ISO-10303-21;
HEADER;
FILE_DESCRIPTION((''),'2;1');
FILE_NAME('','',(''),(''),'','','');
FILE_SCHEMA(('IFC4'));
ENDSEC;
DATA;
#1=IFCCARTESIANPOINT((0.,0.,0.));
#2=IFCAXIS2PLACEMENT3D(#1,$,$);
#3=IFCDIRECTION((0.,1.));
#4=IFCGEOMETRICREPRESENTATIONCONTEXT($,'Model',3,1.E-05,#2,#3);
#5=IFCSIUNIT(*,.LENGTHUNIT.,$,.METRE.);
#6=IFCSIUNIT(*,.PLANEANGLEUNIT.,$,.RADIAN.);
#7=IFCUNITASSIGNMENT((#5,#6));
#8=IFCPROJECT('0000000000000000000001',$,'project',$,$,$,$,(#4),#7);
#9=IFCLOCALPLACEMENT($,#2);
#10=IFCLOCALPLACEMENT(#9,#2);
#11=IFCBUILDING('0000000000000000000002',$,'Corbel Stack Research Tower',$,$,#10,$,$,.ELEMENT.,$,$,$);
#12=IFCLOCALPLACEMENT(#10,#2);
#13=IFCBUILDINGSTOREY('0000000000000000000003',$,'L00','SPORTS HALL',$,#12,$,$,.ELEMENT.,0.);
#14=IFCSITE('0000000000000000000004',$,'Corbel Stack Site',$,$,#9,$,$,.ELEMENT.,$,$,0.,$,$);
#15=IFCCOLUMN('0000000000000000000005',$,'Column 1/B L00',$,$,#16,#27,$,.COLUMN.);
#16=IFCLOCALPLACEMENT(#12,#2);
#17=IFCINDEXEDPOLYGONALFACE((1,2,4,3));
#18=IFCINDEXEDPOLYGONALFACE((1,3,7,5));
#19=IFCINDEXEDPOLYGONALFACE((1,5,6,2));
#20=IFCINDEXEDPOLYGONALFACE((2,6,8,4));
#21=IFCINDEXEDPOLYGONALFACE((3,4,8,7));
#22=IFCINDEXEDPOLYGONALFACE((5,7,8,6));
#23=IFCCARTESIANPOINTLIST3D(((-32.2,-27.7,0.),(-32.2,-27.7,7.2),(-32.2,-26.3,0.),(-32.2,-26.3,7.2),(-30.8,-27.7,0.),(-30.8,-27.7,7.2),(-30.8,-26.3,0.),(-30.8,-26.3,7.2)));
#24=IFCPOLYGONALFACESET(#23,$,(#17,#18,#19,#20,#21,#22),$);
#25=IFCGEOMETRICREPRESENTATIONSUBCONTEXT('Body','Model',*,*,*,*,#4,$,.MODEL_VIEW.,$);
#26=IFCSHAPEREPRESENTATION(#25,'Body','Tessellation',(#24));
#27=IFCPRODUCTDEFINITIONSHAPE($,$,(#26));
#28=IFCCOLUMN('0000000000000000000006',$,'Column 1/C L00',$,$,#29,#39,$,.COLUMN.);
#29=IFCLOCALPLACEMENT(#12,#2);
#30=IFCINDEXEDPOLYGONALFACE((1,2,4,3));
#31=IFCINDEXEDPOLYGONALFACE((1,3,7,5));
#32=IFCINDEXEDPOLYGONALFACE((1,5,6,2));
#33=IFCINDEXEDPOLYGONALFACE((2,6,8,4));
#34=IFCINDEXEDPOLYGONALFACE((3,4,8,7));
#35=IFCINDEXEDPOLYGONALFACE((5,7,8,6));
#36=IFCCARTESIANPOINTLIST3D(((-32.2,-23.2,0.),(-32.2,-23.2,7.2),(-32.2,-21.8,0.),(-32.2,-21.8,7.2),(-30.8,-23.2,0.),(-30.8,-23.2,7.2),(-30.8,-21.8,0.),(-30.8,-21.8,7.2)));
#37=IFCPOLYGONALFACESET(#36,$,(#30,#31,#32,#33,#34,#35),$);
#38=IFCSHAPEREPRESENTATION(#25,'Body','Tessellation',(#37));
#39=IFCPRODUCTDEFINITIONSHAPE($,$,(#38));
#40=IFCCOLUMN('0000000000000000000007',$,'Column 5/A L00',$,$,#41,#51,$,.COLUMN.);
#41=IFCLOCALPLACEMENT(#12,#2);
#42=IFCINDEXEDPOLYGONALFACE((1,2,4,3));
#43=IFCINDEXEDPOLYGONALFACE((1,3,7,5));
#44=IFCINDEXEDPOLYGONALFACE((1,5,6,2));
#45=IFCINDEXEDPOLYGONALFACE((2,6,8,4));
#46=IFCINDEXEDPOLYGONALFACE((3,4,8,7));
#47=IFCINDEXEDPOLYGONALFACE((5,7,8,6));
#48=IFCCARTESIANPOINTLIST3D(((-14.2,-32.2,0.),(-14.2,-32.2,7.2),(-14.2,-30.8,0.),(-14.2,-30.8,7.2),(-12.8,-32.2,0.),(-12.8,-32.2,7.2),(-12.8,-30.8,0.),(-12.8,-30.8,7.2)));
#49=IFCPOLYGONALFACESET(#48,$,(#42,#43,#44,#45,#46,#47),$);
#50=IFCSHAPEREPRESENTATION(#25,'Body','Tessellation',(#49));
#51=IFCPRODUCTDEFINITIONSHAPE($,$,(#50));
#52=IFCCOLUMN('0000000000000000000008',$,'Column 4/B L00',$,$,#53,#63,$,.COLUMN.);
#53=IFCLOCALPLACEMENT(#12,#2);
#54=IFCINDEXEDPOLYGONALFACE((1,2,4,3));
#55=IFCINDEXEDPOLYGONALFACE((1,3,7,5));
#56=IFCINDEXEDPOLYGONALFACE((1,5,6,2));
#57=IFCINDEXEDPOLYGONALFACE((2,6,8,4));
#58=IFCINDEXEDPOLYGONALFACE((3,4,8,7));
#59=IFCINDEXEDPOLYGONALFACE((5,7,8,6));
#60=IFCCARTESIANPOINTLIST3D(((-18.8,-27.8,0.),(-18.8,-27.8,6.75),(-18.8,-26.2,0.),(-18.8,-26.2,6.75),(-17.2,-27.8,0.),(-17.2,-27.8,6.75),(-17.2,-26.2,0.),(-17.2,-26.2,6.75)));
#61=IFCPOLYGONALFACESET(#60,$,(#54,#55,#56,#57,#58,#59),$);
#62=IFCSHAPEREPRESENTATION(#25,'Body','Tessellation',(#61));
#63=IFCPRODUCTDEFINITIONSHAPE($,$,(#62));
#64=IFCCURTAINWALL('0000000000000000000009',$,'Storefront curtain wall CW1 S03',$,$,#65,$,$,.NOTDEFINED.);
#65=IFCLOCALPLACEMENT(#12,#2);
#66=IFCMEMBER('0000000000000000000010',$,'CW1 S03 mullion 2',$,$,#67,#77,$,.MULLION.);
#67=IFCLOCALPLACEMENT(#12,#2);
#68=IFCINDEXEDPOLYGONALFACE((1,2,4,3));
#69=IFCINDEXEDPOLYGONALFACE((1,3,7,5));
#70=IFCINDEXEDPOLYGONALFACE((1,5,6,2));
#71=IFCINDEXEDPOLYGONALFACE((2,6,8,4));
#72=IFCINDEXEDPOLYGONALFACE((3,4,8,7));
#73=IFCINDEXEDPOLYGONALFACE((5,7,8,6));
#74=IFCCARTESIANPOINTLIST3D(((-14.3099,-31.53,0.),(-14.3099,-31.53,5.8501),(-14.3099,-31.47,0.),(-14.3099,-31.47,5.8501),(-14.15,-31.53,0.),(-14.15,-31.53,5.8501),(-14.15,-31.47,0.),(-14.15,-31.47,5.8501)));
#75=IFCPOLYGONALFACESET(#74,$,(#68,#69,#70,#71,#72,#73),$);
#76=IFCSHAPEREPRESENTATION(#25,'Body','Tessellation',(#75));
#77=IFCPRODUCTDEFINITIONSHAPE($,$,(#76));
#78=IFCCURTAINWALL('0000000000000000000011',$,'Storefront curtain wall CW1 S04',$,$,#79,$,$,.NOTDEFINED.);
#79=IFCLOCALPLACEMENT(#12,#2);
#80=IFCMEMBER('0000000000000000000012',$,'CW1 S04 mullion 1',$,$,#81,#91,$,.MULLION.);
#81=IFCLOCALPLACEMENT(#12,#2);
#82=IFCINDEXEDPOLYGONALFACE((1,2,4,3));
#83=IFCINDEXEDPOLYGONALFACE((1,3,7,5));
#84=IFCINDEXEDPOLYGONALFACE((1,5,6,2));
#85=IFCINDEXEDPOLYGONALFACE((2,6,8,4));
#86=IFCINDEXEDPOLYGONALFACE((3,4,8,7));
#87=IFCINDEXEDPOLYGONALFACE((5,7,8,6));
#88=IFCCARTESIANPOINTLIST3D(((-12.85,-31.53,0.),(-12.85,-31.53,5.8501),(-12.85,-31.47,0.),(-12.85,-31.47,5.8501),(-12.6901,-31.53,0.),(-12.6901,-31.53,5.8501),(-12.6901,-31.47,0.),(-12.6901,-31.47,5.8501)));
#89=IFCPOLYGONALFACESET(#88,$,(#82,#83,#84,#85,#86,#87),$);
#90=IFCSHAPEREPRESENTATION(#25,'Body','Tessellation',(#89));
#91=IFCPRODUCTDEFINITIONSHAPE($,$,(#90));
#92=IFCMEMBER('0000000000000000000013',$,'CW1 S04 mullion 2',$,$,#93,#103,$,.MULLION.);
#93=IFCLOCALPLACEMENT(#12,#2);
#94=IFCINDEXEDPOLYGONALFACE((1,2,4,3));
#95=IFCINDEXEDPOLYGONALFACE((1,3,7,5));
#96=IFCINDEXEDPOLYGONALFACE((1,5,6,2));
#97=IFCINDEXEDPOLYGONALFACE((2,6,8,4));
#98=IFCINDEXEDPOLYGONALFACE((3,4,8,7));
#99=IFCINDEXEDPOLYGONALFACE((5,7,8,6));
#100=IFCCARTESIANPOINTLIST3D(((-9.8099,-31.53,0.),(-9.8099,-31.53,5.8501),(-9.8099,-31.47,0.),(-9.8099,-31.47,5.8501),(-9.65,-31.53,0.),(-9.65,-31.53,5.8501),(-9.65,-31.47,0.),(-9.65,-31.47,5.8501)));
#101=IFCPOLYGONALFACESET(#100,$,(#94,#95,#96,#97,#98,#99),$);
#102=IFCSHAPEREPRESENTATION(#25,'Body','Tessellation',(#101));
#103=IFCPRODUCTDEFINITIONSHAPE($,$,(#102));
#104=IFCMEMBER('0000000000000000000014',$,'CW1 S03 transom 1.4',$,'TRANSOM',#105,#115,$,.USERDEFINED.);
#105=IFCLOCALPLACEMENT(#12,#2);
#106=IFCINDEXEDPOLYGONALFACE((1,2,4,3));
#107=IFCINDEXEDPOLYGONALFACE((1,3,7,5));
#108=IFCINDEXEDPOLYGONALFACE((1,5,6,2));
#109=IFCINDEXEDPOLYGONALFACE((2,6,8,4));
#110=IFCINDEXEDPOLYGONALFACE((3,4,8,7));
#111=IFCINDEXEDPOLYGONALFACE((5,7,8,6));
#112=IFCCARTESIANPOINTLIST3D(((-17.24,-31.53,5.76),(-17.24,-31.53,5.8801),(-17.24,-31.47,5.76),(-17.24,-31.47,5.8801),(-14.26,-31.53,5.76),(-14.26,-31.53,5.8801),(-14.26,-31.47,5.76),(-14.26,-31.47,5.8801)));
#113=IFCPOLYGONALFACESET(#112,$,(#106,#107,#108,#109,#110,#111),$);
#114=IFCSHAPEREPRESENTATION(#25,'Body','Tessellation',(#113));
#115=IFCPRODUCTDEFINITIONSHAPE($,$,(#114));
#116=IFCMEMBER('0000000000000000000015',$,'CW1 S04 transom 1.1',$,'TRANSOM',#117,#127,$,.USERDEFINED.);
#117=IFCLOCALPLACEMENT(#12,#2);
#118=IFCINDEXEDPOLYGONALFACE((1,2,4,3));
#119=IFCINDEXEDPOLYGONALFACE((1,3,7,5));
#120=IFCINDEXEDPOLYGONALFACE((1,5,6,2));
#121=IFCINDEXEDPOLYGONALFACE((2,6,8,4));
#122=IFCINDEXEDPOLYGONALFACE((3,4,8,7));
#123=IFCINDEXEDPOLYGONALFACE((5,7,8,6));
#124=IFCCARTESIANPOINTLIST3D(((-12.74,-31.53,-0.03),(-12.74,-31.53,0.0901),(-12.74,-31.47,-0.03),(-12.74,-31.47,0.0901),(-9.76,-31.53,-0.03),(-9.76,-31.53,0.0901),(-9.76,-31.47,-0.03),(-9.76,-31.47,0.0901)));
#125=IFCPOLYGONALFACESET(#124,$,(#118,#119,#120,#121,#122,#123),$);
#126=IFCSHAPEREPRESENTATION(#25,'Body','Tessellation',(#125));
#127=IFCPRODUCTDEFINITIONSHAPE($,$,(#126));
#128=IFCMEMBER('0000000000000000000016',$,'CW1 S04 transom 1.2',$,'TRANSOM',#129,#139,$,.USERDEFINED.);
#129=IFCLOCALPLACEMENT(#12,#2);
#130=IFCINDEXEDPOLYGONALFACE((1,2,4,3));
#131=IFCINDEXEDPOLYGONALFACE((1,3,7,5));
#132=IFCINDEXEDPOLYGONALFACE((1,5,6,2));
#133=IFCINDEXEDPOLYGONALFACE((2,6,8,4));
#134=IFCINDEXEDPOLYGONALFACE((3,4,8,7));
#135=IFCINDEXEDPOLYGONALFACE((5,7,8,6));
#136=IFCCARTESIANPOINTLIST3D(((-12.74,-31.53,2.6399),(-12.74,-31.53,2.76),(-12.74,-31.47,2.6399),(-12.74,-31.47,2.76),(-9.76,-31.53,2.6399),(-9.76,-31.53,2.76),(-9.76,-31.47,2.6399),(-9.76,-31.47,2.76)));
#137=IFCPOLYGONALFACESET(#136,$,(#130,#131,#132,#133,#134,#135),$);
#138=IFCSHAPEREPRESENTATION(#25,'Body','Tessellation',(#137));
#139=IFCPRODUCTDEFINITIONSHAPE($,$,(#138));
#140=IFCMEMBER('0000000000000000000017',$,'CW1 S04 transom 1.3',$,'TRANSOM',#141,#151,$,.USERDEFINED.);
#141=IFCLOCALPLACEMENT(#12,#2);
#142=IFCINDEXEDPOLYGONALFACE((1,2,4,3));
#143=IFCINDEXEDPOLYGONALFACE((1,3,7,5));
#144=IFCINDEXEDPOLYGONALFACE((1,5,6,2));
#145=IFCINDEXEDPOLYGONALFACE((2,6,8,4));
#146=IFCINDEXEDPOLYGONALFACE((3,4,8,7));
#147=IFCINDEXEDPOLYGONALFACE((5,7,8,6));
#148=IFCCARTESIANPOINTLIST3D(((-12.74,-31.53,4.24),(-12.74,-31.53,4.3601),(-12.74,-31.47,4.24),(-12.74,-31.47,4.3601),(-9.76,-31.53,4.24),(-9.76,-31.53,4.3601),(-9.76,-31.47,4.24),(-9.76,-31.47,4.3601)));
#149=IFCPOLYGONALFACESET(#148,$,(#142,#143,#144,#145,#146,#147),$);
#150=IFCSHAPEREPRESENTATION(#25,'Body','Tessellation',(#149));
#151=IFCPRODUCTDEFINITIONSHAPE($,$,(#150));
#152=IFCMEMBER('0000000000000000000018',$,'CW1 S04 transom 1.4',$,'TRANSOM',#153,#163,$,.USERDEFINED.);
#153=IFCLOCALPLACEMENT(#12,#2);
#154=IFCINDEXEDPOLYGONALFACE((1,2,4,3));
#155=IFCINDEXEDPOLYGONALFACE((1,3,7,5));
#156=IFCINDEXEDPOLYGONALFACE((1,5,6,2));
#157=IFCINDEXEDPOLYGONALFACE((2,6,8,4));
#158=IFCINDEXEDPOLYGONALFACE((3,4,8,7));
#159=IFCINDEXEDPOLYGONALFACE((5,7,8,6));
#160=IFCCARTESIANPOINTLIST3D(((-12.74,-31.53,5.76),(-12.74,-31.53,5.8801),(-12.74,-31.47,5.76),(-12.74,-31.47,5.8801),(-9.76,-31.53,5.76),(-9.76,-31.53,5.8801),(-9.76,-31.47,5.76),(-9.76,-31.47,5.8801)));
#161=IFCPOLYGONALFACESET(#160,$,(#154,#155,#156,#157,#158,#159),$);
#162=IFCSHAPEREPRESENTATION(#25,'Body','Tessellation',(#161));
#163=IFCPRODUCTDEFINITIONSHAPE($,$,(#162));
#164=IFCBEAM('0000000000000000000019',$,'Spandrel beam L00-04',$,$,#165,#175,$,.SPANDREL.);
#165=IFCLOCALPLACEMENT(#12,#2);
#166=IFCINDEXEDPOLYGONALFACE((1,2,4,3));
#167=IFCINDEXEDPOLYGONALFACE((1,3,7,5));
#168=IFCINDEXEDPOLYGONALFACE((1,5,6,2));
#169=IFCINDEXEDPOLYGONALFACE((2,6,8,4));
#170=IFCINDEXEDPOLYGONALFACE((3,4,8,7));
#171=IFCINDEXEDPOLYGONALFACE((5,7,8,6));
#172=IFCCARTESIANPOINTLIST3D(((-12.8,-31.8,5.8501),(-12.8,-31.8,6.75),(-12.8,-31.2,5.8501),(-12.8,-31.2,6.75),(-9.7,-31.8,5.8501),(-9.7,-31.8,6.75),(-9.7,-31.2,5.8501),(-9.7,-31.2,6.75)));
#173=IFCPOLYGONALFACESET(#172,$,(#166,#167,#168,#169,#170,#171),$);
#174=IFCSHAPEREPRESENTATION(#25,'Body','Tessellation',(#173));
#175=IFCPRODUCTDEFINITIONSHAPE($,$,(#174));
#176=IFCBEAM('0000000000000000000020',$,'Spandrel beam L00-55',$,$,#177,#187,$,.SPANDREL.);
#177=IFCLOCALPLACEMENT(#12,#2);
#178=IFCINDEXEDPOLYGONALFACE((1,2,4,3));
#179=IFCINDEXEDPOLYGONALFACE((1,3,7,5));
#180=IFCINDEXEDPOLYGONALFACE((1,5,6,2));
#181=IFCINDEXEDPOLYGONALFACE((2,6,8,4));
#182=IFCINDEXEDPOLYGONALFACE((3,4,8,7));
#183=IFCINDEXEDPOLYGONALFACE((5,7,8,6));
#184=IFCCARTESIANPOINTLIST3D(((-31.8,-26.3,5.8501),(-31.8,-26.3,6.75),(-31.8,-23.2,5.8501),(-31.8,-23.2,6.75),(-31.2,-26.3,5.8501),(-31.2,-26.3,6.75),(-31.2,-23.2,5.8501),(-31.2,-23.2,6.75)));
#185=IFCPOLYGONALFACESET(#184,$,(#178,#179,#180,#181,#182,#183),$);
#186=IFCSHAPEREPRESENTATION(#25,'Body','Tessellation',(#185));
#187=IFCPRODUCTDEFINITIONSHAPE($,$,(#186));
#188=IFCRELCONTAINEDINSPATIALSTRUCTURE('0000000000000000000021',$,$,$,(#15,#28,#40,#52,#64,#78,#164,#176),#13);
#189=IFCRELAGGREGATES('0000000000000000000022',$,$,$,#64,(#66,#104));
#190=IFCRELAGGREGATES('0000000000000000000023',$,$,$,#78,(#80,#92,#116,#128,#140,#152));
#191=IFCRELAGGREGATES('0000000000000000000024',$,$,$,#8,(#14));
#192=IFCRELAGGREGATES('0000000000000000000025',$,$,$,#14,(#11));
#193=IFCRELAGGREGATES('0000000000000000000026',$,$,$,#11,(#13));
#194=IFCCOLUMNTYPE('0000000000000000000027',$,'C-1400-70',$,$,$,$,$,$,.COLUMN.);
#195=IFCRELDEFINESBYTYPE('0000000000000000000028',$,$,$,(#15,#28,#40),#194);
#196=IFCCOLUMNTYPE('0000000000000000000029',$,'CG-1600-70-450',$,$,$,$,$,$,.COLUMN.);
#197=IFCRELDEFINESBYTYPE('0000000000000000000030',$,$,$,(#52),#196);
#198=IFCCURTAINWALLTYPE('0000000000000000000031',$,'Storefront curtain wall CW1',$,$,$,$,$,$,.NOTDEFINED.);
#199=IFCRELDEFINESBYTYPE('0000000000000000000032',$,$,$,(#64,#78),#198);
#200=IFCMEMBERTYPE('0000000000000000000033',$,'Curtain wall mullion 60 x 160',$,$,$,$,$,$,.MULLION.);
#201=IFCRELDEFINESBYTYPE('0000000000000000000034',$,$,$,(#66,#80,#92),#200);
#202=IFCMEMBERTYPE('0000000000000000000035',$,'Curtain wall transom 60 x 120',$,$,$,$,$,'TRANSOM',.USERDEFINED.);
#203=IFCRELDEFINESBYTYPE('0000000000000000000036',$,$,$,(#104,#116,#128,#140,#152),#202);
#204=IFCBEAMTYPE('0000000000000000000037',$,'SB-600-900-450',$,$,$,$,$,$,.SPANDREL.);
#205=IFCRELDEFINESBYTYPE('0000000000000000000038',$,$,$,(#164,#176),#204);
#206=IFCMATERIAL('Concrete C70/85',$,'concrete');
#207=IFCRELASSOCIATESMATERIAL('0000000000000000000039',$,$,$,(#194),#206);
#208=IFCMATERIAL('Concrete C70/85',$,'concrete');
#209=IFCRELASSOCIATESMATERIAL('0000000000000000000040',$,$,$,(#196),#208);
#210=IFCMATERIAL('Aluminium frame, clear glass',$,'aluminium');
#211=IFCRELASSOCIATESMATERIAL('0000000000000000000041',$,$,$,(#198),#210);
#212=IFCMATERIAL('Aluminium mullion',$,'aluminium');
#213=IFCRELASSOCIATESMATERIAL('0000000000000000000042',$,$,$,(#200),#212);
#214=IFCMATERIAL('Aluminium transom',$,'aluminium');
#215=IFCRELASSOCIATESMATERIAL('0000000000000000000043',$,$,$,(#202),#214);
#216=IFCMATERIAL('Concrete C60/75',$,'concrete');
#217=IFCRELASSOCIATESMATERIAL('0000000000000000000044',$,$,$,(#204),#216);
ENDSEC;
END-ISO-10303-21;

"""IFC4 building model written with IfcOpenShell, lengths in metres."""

from ifc_helpers import new_model, si_unit, direction, frame, origin, origin_2d, place, context, subcontext, project, spatial, rectangle, extrude, material, material_profile, profile_set, type_object, element, aggregate, save


model = new_model("IFC4")

# Units and contexts
model_context = context("Model", 3, precision=1e-05, world=origin(), true_north=direction((0.0, 1.0)))
body_context = subcontext(model_context, "Body", "Model", "MODEL_VIEW")
ifc_project = project(units=[si_unit("LENGTHUNIT", "METRE"), si_unit("PLANEANGLEUNIT", "RADIAN")], contexts=[model_context])

# Site, building, storey
site_placement = place(None, origin())
site = spatial("IfcSite", under=ifc_project, at=site_placement, Name="Corbel Stack Site", CompositionType="ELEMENT", RefElevation=0.0)
building_placement = place(site_placement, origin())
building = spatial("IfcBuilding", under=site, at=building_placement, Name="Corbel Stack Research Tower", CompositionType="ELEMENT")
storey_placement = place(building_placement, origin())
storey = spatial("IfcBuildingStorey", under=building, at=storey_placement, Name="L00", Description="SPORTS HALL", CompositionType="ELEMENT", Elevation=0.0)

# Columns
ifc_material_1 = material(Name="Concrete C70/85", Category="concrete")
ifc_material_profile_1 = material_profile(ifc_material_1, rectangle(XDim=1.3999, YDim=1.3999, at=origin_2d()), Name="RC 1400 x 1400")
ifc_profile_set_1 = profile_set([ifc_material_profile_1], Name="Concrete C70/85")
column_type_1 = type_object("IfcColumnType", Name="C-1400-70", PredefinedType="COLUMN", material=ifc_profile_set_1)
for number, where, z_axis, x_axis, name in (
    (1, (-31.5, -27.0, 0.0), (0.0, 0.0, 1.0), (1.0, 0.0, 0.0), "Column 1/B L00"),
    (2, (-31.5, -22.5, 0.0), (0.0, 0.0, 1.0), (1.0, 0.0, 0.0), "Column 1/C L00"),
    (3, (-13.5, -31.5, 0.0), (0.0, 0.0, 1.0), (1.0, 0.0, 0.0), "Column 5/A L00"),
):
    element("IfcColumn", number, at=place(storey_placement, frame(where, z_axis=z_axis, x_axis=x_axis)), inside=storey, type_object=column_type_1, Name=name, PredefinedType="COLUMN", context=body_context, shape_type="SweptSolid", body=[
        extrude(rectangle(XDim=1.3999, YDim=1.3999, at=origin_2d()), origin(), (0.0, 0.0, 1.0), 7.2),
    ])
ifc_material_2 = material(Name="Concrete C70/85", Category="concrete")
ifc_material_profile_2 = material_profile(ifc_material_2, rectangle(XDim=1.6001, YDim=1.6001, at=origin_2d()), Name="RC 1600 x 1600")
ifc_profile_set_2 = profile_set([ifc_material_profile_2], Name="Concrete C70/85")
column_type_2 = type_object("IfcColumnType", Name="CG-1600-70-450", PredefinedType="COLUMN", material=ifc_profile_set_2)
column_placement = place(storey_placement, frame((-18.0, -27.0, 0.0), z_axis=(0.0, 0.0, 1.0), x_axis=(1.0, 0.0, 0.0)))
element("IfcColumn", 4, at=column_placement, inside=storey, type_object=column_type_2, Name="Column 4/B L00", PredefinedType="COLUMN", context=body_context, shape_type="SweptSolid", body=[
    extrude(rectangle(XDim=1.6001, YDim=1.6001, at=origin_2d()), origin(), (0.0, 0.0, 1.0), 6.75),
])

# Curtain wall, member
ifc_material_3 = material(Name="Aluminium frame, clear glass", Category="aluminium")
curtain_wall_type = type_object("IfcCurtainWallType", Name="Storefront curtain wall CW1", PredefinedType="NOTDEFINED", material=ifc_material_3)
curtain_wall_1_placement = place(storey_placement, origin())
curtain_wall_1 = element("IfcCurtainWall", 5, at=curtain_wall_1_placement, inside=storey, type_object=curtain_wall_type, Name="Storefront curtain wall CW1 S03", PredefinedType="NOTDEFINED")
ifc_material_4 = material(Name="Aluminium mullion", Category="aluminium")
ifc_material_profile_3 = material_profile(ifc_material_4, rectangle(XDim=0.0601, YDim=0.1599, at=origin_2d()), Name="Mullion 60 x 160")
ifc_profile_set_3 = profile_set([ifc_material_profile_3], Name="Aluminium mullion")
member_type_1 = type_object("IfcMemberType", Name="Curtain wall mullion 60 x 160", PredefinedType="MULLION", material=ifc_profile_set_3)
member_1_placement = place(storey_placement, frame((-14.23, -31.5, 0.0), z_axis=(0.0, 0.0, 1.0), x_axis=(0.0, 1.0, 0.0)))
member_1 = element("IfcMember", 6, at=member_1_placement, type_object=member_type_1, Name="CW1 S03 mullion 2", PredefinedType="MULLION", context=body_context, shape_type="SweptSolid", body=[
    extrude(rectangle(XDim=0.0601, YDim=0.1599, at=origin_2d()), origin(), (0.0, 0.0, 1.0), 5.8501),
])

# Curtain wall, members
curtain_wall_2_placement = place(storey_placement, origin())
curtain_wall_2 = element("IfcCurtainWall", 7, at=curtain_wall_2_placement, inside=storey, type_object=curtain_wall_type, Name="Storefront curtain wall CW1 S04", PredefinedType="NOTDEFINED")
member_2_placement = place(storey_placement, frame((-12.77, -31.5, 0.0), z_axis=(0.0, 0.0, 1.0), x_axis=(0.0, 1.0, 0.0)))
member_2 = element("IfcMember", 8, at=member_2_placement, type_object=member_type_1, Name="CW1 S04 mullion 1", PredefinedType="MULLION", context=body_context, shape_type="SweptSolid", body=[
    extrude(rectangle(XDim=0.0601, YDim=0.1599, at=origin_2d()), origin(), (0.0, 0.0, 1.0), 5.8501),
])
member_3_placement = place(storey_placement, frame((-9.73, -31.5, 0.0), z_axis=(0.0, 0.0, 1.0), x_axis=(0.0, 1.0, 0.0)))
member_3 = element("IfcMember", 9, at=member_3_placement, type_object=member_type_1, Name="CW1 S04 mullion 2", PredefinedType="MULLION", context=body_context, shape_type="SweptSolid", body=[
    extrude(rectangle(XDim=0.0601, YDim=0.1599, at=origin_2d()), origin(), (0.0, 0.0, 1.0), 5.8501),
])

# Members
ifc_material_5 = material(Name="Aluminium transom", Category="aluminium")
ifc_material_profile_4 = material_profile(ifc_material_5, rectangle(XDim=0.0601, YDim=0.1201, at=origin_2d()), Name="Transom 60 x 120")
ifc_profile_set_4 = profile_set([ifc_material_profile_4], Name="Aluminium transom")
member_type_2 = type_object("IfcMemberType", Name="Curtain wall transom 60 x 120", ElementType="TRANSOM", PredefinedType="USERDEFINED", material=ifc_profile_set_4)
member_4_placement = place(storey_placement, frame((-17.24, -31.5, 5.8201), z_axis=(1.0, 0.0, 0.0), x_axis=(0.0, 1.0, 0.0)))
member_4 = element("IfcMember", 10, at=member_4_placement, type_object=member_type_2, Name="CW1 S03 transom 1.4", ObjectType="TRANSOM", PredefinedType="USERDEFINED", context=body_context, shape_type="SweptSolid", body=[
    extrude(rectangle(XDim=0.0601, YDim=0.1201, at=origin_2d()), origin(), (0.0, 0.0, 1.0), 2.98),
])
member_5_placement = place(storey_placement, frame((-12.74, -31.5, 0.03), z_axis=(1.0, 0.0, 0.0), x_axis=(0.0, 1.0, 0.0)))
member_5 = element("IfcMember", 11, at=member_5_placement, type_object=member_type_2, Name="CW1 S04 transom 1.1", ObjectType="TRANSOM", PredefinedType="USERDEFINED", context=body_context, shape_type="SweptSolid", body=[
    extrude(rectangle(XDim=0.0601, YDim=0.1201, at=origin_2d()), origin(), (0.0, 0.0, 1.0), 2.98),
])
member_6_placement = place(storey_placement, frame((-12.74, -31.5, 2.7), z_axis=(1.0, 0.0, 0.0), x_axis=(0.0, 1.0, 0.0)))
member_6 = element("IfcMember", 12, at=member_6_placement, type_object=member_type_2, Name="CW1 S04 transom 1.2", ObjectType="TRANSOM", PredefinedType="USERDEFINED", context=body_context, shape_type="SweptSolid", body=[
    extrude(rectangle(XDim=0.0601, YDim=0.1201, at=origin_2d()), origin(), (0.0, 0.0, 1.0), 2.98),
])
member_7_placement = place(storey_placement, frame((-12.74, -31.5, 4.3), z_axis=(1.0, 0.0, 0.0), x_axis=(0.0, 1.0, 0.0)))
member_7 = element("IfcMember", 13, at=member_7_placement, type_object=member_type_2, Name="CW1 S04 transom 1.3", ObjectType="TRANSOM", PredefinedType="USERDEFINED", context=body_context, shape_type="SweptSolid", body=[
    extrude(rectangle(XDim=0.0601, YDim=0.1201, at=origin_2d()), origin(), (0.0, 0.0, 1.0), 2.98),
])
member_8_placement = place(storey_placement, frame((-12.74, -31.5, 5.8201), z_axis=(1.0, 0.0, 0.0), x_axis=(0.0, 1.0, 0.0)))
member_8 = element("IfcMember", 14, at=member_8_placement, type_object=member_type_2, Name="CW1 S04 transom 1.4", ObjectType="TRANSOM", PredefinedType="USERDEFINED", context=body_context, shape_type="SweptSolid", body=[
    extrude(rectangle(XDim=0.0601, YDim=0.1201, at=origin_2d()), origin(), (0.0, 0.0, 1.0), 2.98),
])

# Beams
ifc_material_6 = material(Name="Concrete C60/75", Category="concrete")
ifc_material_profile_5 = material_profile(ifc_material_6, rectangle(XDim=0.6001, YDim=0.8999, at=origin_2d()), Name="RC 600 x 900")
ifc_profile_set_5 = profile_set([ifc_material_profile_5], Name="Concrete C60/75")
beam_type_1 = type_object("IfcBeamType", Name="SB-600-900-450", PredefinedType="SPANDREL", material=ifc_profile_set_5)
for number, where, z_axis, x_axis, name in (
    (15, (-12.8, -31.5, 6.3), (1.0, 0.0, 0.0), (0.0, 1.0, 0.0), "Spandrel beam L00-04"),
    (16, (-31.5, -23.2, 6.3), (0.0, -1.0, 0.0), (1.0, 0.0, 0.0), "Spandrel beam L00-55"),
):
    element("IfcBeam", number, at=place(storey_placement, frame(where, z_axis=z_axis, x_axis=x_axis)), inside=storey, type_object=beam_type_1, Name=name, PredefinedType="SPANDREL", context=body_context, shape_type="SweptSolid", body=[
        extrude(rectangle(XDim=0.6001, YDim=0.8999, at=origin_2d()), origin(), (0.0, 0.0, 1.0), 3.1001),
    ])

aggregate(curtain_wall_1, [member_1, member_4])
aggregate(curtain_wall_2, [member_2, member_3, member_5, member_6, member_7, member_8])

save(model, "model.ifc")
